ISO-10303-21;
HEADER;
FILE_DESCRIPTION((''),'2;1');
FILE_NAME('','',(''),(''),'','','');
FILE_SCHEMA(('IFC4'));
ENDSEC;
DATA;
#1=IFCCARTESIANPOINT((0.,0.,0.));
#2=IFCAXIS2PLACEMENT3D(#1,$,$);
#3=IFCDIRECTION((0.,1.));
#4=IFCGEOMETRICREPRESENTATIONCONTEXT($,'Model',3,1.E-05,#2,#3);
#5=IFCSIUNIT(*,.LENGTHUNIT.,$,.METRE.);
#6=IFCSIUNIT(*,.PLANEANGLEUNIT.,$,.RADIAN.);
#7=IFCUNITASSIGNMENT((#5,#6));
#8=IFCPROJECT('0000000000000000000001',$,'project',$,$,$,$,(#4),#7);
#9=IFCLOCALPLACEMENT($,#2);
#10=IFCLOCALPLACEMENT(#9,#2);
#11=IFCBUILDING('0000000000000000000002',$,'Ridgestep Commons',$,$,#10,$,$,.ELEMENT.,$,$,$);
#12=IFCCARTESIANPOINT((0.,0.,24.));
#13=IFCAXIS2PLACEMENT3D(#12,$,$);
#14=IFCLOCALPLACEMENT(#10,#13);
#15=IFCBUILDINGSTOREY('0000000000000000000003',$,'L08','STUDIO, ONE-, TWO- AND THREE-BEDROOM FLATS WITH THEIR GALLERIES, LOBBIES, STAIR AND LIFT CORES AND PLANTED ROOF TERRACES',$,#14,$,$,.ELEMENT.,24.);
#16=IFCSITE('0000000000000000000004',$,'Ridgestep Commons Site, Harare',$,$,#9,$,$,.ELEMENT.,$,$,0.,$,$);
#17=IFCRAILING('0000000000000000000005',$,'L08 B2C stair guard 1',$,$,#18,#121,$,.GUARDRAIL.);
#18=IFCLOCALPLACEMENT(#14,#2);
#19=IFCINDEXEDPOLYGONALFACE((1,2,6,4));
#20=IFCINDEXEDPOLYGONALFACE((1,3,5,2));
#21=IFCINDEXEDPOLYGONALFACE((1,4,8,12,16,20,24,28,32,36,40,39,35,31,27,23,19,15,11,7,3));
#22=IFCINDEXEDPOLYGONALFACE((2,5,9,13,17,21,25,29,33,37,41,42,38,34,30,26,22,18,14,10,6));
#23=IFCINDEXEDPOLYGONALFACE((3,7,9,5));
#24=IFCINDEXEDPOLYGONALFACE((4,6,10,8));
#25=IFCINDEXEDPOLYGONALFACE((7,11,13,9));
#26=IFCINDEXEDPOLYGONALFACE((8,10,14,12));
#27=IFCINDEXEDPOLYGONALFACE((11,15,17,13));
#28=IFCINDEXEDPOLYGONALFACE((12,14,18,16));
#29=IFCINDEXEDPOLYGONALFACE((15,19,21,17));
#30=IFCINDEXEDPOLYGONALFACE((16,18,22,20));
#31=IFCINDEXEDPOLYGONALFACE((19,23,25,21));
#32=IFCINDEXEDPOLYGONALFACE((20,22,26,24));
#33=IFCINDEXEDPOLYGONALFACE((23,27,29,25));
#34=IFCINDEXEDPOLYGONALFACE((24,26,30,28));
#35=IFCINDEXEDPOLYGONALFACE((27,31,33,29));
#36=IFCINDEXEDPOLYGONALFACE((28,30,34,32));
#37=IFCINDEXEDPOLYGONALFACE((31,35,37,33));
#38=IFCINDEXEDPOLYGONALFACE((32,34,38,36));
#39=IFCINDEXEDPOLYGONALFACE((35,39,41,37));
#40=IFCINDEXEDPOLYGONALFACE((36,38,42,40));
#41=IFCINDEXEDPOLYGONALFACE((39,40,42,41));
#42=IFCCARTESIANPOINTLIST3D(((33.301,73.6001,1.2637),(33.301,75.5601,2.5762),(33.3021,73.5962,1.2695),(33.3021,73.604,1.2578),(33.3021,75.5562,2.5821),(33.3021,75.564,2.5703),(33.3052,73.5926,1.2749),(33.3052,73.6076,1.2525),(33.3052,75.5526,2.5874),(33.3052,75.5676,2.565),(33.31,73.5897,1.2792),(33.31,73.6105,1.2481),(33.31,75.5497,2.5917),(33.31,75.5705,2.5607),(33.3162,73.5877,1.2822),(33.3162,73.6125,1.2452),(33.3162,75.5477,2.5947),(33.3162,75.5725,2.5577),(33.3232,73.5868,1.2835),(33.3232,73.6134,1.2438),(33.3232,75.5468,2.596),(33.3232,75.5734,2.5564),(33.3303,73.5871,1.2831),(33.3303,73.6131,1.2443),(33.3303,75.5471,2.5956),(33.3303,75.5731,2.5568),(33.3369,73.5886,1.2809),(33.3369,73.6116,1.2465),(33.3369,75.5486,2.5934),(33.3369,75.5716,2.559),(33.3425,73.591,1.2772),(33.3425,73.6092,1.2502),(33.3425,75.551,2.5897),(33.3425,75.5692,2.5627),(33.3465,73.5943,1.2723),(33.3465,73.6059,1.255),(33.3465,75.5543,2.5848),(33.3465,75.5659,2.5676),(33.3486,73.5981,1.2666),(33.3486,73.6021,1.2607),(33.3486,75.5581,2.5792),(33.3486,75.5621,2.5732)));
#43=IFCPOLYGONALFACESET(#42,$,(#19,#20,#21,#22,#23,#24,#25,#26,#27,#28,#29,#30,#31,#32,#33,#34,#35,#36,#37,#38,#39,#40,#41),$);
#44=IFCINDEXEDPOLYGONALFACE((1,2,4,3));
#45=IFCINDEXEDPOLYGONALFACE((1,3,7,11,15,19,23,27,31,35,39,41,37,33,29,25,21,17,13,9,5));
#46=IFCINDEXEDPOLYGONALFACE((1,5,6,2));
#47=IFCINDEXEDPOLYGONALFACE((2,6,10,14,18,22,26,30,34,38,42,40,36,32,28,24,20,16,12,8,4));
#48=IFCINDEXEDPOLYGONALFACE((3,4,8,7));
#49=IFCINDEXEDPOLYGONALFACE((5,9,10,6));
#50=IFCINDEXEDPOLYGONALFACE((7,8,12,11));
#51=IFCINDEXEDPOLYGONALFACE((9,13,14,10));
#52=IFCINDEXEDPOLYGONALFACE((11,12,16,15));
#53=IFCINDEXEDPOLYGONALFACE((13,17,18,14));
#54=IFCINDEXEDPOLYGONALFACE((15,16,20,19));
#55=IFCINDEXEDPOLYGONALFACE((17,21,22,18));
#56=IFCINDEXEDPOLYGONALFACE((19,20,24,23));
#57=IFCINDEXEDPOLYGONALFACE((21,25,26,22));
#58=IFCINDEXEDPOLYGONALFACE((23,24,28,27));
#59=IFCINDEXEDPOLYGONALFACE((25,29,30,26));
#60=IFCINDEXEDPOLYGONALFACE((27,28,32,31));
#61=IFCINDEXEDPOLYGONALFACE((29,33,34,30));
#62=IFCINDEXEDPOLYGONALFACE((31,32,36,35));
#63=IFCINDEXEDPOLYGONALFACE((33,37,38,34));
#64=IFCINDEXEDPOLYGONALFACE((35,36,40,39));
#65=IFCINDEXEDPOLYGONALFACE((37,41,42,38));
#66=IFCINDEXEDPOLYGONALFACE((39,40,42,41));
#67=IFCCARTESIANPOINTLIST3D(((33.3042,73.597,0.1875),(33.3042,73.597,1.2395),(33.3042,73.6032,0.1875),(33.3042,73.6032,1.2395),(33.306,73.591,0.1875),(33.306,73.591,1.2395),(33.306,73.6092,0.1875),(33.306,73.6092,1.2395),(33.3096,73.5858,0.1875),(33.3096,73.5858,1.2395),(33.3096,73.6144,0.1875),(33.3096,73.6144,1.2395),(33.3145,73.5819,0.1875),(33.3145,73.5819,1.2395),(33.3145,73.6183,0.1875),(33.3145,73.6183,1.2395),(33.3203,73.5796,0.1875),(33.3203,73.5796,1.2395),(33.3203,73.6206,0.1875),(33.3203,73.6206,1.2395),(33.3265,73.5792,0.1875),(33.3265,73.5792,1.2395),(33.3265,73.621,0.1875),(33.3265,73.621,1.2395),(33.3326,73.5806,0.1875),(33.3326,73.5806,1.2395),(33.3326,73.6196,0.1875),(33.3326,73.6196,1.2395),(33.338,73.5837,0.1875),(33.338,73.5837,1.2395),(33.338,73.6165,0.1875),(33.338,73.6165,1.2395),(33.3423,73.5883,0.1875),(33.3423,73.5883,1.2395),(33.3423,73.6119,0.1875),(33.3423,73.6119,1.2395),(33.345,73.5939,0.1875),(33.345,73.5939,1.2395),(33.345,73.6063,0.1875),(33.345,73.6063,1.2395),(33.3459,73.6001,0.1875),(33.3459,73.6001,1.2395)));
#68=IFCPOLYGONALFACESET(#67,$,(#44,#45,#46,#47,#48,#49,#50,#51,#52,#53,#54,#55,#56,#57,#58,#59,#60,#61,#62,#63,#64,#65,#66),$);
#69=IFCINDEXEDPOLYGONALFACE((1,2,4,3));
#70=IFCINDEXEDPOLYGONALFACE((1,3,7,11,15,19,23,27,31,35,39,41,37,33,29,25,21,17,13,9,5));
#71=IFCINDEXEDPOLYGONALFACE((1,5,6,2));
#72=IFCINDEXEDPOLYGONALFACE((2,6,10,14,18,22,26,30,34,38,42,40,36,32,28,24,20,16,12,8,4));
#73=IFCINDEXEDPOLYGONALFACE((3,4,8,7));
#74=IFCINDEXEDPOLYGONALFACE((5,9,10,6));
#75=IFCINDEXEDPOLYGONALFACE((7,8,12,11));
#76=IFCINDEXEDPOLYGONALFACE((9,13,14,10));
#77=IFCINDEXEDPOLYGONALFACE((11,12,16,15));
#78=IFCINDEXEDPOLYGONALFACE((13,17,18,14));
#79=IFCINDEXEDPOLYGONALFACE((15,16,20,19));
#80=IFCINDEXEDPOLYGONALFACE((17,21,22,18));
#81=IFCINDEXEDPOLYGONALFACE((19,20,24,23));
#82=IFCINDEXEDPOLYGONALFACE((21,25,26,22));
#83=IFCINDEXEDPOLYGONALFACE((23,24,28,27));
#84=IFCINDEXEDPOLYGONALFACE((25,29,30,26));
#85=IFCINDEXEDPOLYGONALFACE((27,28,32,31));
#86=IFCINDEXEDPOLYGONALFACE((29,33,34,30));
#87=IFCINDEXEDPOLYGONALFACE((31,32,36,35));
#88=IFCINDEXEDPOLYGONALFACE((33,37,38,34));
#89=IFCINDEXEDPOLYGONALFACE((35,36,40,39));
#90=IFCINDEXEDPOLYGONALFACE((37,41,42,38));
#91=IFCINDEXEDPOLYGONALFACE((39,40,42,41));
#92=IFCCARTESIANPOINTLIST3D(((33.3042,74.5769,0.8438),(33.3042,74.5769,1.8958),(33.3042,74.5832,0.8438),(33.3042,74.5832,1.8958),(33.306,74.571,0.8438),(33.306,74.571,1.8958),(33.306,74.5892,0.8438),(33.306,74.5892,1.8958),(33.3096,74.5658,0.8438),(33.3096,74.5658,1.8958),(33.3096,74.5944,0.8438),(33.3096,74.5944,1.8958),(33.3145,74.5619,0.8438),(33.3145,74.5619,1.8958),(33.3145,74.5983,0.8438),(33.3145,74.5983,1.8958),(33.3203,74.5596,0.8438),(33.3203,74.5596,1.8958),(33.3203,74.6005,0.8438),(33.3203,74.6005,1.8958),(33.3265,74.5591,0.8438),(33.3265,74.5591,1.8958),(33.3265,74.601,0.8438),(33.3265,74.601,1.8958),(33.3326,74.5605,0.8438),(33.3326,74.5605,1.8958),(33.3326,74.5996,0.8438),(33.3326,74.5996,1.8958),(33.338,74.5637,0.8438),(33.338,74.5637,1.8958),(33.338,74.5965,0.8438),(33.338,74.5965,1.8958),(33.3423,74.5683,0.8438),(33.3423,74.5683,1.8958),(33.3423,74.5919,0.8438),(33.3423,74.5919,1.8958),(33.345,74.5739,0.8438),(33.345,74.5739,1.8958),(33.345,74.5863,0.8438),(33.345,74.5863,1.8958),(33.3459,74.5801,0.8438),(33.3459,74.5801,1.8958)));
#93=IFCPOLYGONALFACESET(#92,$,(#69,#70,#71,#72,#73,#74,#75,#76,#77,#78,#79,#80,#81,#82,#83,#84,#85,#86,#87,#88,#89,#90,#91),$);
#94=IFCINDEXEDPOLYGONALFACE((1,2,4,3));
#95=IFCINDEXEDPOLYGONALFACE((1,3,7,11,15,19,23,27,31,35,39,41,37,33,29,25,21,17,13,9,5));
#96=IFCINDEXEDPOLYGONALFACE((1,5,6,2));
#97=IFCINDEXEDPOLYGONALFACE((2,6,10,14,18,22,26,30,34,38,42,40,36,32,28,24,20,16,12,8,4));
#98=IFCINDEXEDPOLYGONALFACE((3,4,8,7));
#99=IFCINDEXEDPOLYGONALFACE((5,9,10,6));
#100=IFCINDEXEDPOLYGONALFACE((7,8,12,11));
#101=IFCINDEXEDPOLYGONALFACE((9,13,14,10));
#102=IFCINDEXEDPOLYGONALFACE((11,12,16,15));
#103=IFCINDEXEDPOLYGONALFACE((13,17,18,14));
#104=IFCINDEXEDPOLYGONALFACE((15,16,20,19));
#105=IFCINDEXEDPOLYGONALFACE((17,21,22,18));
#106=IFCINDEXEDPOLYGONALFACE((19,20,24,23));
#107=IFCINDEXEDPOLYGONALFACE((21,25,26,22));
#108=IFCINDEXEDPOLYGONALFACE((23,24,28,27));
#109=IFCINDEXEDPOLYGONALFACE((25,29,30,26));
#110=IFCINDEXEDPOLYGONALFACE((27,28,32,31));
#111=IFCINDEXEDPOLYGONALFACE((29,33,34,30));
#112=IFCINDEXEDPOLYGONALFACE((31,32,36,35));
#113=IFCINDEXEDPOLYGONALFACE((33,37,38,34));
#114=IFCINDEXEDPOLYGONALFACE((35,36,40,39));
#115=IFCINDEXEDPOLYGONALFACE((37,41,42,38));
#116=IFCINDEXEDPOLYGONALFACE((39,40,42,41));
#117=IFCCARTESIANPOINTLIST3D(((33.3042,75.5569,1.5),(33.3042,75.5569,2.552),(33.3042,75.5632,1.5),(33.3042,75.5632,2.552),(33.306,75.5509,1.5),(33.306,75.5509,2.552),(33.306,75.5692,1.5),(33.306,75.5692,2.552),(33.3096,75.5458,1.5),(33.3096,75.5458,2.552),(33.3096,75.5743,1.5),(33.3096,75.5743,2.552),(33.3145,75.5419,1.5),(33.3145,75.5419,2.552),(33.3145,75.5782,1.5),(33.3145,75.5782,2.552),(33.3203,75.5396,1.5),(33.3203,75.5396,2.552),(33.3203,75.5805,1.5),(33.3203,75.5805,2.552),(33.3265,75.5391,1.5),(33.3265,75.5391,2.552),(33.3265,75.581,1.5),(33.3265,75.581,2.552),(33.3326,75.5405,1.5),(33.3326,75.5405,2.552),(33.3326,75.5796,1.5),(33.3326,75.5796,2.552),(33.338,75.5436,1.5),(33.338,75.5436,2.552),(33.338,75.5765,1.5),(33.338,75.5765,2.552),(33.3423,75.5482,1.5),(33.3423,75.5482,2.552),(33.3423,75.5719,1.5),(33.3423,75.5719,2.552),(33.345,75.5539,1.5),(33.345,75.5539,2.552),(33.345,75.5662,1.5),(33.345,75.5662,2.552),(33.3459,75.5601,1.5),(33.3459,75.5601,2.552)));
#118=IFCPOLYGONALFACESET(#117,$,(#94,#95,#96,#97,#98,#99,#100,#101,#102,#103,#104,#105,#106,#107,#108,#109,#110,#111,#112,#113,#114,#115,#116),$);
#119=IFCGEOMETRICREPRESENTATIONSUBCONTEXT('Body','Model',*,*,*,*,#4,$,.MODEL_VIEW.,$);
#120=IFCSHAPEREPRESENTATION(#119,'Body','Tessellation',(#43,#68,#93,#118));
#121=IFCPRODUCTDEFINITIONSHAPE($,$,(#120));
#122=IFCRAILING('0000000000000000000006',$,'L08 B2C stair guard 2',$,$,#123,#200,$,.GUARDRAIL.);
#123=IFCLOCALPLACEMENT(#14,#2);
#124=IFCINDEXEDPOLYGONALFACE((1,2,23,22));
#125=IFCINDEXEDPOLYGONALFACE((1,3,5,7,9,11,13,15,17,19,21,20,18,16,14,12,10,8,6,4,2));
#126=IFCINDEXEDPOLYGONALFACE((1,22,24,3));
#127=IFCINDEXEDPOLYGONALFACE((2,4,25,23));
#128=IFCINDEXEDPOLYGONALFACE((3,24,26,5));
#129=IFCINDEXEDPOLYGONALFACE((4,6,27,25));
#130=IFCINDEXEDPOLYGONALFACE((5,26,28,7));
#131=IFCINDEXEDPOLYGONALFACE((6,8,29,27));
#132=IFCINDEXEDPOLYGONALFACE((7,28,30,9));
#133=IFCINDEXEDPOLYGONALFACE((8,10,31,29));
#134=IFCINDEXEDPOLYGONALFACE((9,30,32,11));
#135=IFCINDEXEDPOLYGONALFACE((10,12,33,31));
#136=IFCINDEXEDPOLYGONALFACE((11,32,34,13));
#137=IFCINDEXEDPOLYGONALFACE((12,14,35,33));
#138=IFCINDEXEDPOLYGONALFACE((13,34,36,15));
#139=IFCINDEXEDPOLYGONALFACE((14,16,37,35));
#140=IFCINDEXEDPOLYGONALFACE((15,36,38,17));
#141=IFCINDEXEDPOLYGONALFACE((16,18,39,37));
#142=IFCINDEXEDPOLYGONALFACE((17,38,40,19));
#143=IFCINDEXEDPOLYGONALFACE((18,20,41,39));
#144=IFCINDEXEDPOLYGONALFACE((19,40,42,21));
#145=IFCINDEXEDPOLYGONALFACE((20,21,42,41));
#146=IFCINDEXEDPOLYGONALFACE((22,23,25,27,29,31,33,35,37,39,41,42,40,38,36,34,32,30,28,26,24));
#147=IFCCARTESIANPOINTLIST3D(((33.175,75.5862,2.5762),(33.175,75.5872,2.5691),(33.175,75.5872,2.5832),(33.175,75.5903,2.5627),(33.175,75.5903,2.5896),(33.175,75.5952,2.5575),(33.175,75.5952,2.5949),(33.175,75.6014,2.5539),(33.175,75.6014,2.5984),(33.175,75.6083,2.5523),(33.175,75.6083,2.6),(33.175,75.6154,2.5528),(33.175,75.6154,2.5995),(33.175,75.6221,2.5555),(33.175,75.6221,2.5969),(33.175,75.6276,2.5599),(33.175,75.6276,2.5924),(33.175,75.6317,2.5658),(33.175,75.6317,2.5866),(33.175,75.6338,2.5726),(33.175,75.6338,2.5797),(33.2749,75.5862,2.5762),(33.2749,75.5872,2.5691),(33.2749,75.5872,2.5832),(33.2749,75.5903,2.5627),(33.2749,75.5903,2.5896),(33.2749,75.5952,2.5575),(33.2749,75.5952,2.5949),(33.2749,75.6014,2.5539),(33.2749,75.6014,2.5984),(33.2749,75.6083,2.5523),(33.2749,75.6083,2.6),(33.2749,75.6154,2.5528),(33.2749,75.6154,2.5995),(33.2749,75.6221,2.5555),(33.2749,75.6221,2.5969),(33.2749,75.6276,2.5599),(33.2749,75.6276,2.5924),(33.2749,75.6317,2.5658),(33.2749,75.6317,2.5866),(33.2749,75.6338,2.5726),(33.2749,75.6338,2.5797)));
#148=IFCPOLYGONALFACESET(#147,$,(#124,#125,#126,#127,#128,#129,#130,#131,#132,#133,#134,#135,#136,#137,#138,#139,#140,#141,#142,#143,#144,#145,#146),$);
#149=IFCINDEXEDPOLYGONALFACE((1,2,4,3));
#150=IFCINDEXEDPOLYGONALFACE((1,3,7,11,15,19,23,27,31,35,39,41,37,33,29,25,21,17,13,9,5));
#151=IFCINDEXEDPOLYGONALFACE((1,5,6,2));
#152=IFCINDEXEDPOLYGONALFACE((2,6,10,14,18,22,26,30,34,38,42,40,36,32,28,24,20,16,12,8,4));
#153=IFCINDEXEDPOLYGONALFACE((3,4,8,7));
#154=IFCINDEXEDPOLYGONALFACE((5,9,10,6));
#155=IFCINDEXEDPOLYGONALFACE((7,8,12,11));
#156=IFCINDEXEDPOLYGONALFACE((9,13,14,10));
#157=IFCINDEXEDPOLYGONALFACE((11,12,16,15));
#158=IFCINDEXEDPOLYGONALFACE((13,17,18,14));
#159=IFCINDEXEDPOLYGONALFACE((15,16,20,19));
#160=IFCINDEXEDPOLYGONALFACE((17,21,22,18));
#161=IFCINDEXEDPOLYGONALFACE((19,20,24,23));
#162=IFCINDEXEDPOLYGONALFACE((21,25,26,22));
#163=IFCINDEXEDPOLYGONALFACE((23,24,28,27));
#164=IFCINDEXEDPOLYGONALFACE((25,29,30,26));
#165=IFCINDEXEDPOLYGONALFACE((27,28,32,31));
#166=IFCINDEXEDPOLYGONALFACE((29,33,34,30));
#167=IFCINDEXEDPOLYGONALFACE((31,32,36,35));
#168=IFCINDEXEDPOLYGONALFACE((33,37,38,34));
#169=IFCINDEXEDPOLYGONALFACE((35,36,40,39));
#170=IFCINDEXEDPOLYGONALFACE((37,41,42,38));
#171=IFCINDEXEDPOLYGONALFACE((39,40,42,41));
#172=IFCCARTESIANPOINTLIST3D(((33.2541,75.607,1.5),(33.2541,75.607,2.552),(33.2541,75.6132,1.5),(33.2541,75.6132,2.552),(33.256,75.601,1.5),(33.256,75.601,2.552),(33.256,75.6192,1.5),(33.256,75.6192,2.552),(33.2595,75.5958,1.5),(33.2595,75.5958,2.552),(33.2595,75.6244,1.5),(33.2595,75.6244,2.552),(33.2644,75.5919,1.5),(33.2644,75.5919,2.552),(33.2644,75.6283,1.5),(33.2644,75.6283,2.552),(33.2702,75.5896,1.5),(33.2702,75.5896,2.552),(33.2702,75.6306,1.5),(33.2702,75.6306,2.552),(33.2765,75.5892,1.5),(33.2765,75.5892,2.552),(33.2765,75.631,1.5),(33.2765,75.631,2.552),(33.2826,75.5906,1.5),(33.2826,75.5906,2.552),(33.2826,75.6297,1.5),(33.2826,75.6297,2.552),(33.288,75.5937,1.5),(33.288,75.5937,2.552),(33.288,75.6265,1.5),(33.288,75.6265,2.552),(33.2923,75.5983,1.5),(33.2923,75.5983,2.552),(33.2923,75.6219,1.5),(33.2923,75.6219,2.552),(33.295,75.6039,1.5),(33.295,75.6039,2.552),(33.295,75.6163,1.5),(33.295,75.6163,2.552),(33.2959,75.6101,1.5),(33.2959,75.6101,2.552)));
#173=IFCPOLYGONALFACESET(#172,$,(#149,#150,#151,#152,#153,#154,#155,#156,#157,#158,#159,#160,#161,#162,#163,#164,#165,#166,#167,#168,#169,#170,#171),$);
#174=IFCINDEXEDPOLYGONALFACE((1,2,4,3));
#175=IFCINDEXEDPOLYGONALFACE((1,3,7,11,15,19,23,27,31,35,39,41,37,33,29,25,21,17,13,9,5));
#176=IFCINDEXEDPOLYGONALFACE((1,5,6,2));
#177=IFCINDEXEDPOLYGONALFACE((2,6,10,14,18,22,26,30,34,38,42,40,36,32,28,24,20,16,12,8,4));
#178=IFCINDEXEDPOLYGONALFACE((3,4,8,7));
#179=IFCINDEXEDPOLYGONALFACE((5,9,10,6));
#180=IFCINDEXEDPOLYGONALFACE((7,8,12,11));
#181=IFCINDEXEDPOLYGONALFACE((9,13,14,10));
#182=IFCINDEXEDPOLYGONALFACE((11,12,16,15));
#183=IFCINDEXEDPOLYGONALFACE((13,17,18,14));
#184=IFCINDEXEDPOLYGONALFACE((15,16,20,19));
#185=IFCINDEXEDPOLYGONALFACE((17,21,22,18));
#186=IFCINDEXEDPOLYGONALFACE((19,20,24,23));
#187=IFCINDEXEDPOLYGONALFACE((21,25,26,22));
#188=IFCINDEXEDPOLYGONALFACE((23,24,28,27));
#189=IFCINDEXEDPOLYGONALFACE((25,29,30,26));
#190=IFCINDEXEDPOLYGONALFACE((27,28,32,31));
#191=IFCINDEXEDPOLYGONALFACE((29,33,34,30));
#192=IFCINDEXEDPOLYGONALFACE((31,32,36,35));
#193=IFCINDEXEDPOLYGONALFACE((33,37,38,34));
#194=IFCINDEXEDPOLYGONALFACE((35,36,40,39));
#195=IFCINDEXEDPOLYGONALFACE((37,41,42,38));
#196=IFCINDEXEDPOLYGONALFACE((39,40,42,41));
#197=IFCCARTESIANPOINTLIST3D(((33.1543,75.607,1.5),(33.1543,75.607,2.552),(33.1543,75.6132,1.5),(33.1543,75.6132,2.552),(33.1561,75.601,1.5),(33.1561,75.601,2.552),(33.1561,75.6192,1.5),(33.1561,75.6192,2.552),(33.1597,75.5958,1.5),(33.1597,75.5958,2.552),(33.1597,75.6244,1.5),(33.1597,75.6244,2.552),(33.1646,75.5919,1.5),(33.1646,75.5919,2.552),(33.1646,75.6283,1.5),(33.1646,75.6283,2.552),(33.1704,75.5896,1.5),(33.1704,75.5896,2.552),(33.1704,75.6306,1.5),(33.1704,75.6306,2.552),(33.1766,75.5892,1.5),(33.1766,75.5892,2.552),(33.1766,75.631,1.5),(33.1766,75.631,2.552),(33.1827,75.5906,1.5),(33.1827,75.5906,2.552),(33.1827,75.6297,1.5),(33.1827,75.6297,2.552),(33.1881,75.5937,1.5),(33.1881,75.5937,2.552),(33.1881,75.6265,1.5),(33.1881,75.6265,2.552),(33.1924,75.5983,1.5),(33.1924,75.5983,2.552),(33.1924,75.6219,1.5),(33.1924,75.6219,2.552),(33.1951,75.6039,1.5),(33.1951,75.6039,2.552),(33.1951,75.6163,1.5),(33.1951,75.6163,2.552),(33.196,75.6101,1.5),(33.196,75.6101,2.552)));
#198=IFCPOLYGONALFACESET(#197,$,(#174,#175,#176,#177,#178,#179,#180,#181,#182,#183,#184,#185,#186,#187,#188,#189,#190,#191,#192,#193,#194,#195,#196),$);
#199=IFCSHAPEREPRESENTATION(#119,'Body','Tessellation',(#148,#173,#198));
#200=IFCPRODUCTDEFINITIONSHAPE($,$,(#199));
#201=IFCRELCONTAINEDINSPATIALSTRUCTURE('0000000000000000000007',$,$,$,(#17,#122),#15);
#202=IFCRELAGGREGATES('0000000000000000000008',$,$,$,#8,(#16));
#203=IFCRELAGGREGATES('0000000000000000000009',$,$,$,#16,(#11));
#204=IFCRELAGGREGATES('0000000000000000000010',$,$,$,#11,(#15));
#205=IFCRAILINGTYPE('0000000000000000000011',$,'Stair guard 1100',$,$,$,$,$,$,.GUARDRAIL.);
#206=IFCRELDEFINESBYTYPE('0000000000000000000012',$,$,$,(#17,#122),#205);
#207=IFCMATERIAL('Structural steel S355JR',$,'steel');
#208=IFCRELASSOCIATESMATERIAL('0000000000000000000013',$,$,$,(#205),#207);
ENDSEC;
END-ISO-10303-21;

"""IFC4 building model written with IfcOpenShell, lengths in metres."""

from ifc_helpers import new_model, si_unit, direction, frame, origin, origin_2d, place, context, subcontext, project, spatial, circle, extrude, material, type_object, element, save


model = new_model("IFC4")

# Units and contexts
model_context = context("Model", 3, precision=1e-05, world=origin(), true_north=direction((0.0, 1.0)))
body_context = subcontext(model_context, "Body", "Model", "MODEL_VIEW")
ifc_project = project(units=[si_unit("LENGTHUNIT", "METRE"), si_unit("PLANEANGLEUNIT", "RADIAN")], contexts=[model_context])

# Site, building, storey
site_placement = place(None, origin())
site = spatial("IfcSite", under=ifc_project, at=site_placement, Name="Ridgestep Commons Site, Harare", CompositionType="ELEMENT", RefElevation=0.0)
building_placement = place(site_placement, origin())
building = spatial("IfcBuilding", under=site, at=building_placement, Name="Ridgestep Commons", CompositionType="ELEMENT")
storey_placement = place(building_placement, frame((0.0, 0.0, 24.0)))
storey = spatial("IfcBuildingStorey", under=building, at=storey_placement, Name="L08", Description="STUDIO, ONE-, TWO- AND THREE-BEDROOM FLATS WITH THEIR GALLERIES, LOBBIES, STAIR AND LIFT CORES AND PLANTED ROOF TERRACES", CompositionType="ELEMENT", Elevation=24.0)

# Railings
ifc_material_1 = material(Name="Structural steel S355JR", Category="steel")
railing_type_1 = type_object("IfcRailingType", Name="Stair guard 1100", PredefinedType="GUARDRAIL", material=ifc_material_1)
railing_1_placement = place(storey_placement, frame((33.325, 73.6001, 0.1875)))
element("IfcRailing", 1, at=railing_1_placement, inside=storey, type_object=railing_type_1, Name="L08 B2C stair guard 1", PredefinedType="GUARDRAIL", context=body_context, shape_type="SweptSolid", body=[
    extrude(circle(Radius=0.0239, at=origin_2d()), frame((0.0, 0.0, 1.0762), z_axis=(0.0, 0.830902, 0.556419), x_axis=(-1.0, 0.0, 0.0)), (0.0, 0.0, 1.0), 2.3589),
    extrude(circle(Radius=0.021, at=origin_2d()), origin(), (0.0, 0.0, 1.0), 1.052),
    extrude(circle(Radius=0.021, at=origin_2d()), frame((0.0, 0.98, 0.6562)), (0.0, 0.0, 1.0), 1.052),
    extrude(circle(Radius=0.021, at=origin_2d()), frame((0.0, 1.96, 1.3125)), (0.0, 0.0, 1.0), 1.052),
])
railing_2_placement = place(storey_placement, frame((33.2749, 75.6101, 1.5)))
element("IfcRailing", 2, at=railing_2_placement, inside=storey, type_object=railing_type_1, Name="L08 B2C stair guard 2", PredefinedType="GUARDRAIL", context=body_context, shape_type="SweptSolid", body=[
    extrude(circle(Radius=0.0239, at=origin_2d()), frame((0.0, 0.0, 1.0762), z_axis=(-1.0, 0.0, 0.0), x_axis=(0.0, -1.0, 0.0)), (0.0, 0.0, 1.0), 0.0999),
    extrude(circle(Radius=0.021, at=origin_2d()), origin(), (0.0, 0.0, 1.0), 1.052),
    extrude(circle(Radius=0.021, at=origin_2d()), frame((-0.0999, 0.0, 0.0)), (0.0, 0.0, 1.0), 1.052),
])

save(model, "model.ifc")
